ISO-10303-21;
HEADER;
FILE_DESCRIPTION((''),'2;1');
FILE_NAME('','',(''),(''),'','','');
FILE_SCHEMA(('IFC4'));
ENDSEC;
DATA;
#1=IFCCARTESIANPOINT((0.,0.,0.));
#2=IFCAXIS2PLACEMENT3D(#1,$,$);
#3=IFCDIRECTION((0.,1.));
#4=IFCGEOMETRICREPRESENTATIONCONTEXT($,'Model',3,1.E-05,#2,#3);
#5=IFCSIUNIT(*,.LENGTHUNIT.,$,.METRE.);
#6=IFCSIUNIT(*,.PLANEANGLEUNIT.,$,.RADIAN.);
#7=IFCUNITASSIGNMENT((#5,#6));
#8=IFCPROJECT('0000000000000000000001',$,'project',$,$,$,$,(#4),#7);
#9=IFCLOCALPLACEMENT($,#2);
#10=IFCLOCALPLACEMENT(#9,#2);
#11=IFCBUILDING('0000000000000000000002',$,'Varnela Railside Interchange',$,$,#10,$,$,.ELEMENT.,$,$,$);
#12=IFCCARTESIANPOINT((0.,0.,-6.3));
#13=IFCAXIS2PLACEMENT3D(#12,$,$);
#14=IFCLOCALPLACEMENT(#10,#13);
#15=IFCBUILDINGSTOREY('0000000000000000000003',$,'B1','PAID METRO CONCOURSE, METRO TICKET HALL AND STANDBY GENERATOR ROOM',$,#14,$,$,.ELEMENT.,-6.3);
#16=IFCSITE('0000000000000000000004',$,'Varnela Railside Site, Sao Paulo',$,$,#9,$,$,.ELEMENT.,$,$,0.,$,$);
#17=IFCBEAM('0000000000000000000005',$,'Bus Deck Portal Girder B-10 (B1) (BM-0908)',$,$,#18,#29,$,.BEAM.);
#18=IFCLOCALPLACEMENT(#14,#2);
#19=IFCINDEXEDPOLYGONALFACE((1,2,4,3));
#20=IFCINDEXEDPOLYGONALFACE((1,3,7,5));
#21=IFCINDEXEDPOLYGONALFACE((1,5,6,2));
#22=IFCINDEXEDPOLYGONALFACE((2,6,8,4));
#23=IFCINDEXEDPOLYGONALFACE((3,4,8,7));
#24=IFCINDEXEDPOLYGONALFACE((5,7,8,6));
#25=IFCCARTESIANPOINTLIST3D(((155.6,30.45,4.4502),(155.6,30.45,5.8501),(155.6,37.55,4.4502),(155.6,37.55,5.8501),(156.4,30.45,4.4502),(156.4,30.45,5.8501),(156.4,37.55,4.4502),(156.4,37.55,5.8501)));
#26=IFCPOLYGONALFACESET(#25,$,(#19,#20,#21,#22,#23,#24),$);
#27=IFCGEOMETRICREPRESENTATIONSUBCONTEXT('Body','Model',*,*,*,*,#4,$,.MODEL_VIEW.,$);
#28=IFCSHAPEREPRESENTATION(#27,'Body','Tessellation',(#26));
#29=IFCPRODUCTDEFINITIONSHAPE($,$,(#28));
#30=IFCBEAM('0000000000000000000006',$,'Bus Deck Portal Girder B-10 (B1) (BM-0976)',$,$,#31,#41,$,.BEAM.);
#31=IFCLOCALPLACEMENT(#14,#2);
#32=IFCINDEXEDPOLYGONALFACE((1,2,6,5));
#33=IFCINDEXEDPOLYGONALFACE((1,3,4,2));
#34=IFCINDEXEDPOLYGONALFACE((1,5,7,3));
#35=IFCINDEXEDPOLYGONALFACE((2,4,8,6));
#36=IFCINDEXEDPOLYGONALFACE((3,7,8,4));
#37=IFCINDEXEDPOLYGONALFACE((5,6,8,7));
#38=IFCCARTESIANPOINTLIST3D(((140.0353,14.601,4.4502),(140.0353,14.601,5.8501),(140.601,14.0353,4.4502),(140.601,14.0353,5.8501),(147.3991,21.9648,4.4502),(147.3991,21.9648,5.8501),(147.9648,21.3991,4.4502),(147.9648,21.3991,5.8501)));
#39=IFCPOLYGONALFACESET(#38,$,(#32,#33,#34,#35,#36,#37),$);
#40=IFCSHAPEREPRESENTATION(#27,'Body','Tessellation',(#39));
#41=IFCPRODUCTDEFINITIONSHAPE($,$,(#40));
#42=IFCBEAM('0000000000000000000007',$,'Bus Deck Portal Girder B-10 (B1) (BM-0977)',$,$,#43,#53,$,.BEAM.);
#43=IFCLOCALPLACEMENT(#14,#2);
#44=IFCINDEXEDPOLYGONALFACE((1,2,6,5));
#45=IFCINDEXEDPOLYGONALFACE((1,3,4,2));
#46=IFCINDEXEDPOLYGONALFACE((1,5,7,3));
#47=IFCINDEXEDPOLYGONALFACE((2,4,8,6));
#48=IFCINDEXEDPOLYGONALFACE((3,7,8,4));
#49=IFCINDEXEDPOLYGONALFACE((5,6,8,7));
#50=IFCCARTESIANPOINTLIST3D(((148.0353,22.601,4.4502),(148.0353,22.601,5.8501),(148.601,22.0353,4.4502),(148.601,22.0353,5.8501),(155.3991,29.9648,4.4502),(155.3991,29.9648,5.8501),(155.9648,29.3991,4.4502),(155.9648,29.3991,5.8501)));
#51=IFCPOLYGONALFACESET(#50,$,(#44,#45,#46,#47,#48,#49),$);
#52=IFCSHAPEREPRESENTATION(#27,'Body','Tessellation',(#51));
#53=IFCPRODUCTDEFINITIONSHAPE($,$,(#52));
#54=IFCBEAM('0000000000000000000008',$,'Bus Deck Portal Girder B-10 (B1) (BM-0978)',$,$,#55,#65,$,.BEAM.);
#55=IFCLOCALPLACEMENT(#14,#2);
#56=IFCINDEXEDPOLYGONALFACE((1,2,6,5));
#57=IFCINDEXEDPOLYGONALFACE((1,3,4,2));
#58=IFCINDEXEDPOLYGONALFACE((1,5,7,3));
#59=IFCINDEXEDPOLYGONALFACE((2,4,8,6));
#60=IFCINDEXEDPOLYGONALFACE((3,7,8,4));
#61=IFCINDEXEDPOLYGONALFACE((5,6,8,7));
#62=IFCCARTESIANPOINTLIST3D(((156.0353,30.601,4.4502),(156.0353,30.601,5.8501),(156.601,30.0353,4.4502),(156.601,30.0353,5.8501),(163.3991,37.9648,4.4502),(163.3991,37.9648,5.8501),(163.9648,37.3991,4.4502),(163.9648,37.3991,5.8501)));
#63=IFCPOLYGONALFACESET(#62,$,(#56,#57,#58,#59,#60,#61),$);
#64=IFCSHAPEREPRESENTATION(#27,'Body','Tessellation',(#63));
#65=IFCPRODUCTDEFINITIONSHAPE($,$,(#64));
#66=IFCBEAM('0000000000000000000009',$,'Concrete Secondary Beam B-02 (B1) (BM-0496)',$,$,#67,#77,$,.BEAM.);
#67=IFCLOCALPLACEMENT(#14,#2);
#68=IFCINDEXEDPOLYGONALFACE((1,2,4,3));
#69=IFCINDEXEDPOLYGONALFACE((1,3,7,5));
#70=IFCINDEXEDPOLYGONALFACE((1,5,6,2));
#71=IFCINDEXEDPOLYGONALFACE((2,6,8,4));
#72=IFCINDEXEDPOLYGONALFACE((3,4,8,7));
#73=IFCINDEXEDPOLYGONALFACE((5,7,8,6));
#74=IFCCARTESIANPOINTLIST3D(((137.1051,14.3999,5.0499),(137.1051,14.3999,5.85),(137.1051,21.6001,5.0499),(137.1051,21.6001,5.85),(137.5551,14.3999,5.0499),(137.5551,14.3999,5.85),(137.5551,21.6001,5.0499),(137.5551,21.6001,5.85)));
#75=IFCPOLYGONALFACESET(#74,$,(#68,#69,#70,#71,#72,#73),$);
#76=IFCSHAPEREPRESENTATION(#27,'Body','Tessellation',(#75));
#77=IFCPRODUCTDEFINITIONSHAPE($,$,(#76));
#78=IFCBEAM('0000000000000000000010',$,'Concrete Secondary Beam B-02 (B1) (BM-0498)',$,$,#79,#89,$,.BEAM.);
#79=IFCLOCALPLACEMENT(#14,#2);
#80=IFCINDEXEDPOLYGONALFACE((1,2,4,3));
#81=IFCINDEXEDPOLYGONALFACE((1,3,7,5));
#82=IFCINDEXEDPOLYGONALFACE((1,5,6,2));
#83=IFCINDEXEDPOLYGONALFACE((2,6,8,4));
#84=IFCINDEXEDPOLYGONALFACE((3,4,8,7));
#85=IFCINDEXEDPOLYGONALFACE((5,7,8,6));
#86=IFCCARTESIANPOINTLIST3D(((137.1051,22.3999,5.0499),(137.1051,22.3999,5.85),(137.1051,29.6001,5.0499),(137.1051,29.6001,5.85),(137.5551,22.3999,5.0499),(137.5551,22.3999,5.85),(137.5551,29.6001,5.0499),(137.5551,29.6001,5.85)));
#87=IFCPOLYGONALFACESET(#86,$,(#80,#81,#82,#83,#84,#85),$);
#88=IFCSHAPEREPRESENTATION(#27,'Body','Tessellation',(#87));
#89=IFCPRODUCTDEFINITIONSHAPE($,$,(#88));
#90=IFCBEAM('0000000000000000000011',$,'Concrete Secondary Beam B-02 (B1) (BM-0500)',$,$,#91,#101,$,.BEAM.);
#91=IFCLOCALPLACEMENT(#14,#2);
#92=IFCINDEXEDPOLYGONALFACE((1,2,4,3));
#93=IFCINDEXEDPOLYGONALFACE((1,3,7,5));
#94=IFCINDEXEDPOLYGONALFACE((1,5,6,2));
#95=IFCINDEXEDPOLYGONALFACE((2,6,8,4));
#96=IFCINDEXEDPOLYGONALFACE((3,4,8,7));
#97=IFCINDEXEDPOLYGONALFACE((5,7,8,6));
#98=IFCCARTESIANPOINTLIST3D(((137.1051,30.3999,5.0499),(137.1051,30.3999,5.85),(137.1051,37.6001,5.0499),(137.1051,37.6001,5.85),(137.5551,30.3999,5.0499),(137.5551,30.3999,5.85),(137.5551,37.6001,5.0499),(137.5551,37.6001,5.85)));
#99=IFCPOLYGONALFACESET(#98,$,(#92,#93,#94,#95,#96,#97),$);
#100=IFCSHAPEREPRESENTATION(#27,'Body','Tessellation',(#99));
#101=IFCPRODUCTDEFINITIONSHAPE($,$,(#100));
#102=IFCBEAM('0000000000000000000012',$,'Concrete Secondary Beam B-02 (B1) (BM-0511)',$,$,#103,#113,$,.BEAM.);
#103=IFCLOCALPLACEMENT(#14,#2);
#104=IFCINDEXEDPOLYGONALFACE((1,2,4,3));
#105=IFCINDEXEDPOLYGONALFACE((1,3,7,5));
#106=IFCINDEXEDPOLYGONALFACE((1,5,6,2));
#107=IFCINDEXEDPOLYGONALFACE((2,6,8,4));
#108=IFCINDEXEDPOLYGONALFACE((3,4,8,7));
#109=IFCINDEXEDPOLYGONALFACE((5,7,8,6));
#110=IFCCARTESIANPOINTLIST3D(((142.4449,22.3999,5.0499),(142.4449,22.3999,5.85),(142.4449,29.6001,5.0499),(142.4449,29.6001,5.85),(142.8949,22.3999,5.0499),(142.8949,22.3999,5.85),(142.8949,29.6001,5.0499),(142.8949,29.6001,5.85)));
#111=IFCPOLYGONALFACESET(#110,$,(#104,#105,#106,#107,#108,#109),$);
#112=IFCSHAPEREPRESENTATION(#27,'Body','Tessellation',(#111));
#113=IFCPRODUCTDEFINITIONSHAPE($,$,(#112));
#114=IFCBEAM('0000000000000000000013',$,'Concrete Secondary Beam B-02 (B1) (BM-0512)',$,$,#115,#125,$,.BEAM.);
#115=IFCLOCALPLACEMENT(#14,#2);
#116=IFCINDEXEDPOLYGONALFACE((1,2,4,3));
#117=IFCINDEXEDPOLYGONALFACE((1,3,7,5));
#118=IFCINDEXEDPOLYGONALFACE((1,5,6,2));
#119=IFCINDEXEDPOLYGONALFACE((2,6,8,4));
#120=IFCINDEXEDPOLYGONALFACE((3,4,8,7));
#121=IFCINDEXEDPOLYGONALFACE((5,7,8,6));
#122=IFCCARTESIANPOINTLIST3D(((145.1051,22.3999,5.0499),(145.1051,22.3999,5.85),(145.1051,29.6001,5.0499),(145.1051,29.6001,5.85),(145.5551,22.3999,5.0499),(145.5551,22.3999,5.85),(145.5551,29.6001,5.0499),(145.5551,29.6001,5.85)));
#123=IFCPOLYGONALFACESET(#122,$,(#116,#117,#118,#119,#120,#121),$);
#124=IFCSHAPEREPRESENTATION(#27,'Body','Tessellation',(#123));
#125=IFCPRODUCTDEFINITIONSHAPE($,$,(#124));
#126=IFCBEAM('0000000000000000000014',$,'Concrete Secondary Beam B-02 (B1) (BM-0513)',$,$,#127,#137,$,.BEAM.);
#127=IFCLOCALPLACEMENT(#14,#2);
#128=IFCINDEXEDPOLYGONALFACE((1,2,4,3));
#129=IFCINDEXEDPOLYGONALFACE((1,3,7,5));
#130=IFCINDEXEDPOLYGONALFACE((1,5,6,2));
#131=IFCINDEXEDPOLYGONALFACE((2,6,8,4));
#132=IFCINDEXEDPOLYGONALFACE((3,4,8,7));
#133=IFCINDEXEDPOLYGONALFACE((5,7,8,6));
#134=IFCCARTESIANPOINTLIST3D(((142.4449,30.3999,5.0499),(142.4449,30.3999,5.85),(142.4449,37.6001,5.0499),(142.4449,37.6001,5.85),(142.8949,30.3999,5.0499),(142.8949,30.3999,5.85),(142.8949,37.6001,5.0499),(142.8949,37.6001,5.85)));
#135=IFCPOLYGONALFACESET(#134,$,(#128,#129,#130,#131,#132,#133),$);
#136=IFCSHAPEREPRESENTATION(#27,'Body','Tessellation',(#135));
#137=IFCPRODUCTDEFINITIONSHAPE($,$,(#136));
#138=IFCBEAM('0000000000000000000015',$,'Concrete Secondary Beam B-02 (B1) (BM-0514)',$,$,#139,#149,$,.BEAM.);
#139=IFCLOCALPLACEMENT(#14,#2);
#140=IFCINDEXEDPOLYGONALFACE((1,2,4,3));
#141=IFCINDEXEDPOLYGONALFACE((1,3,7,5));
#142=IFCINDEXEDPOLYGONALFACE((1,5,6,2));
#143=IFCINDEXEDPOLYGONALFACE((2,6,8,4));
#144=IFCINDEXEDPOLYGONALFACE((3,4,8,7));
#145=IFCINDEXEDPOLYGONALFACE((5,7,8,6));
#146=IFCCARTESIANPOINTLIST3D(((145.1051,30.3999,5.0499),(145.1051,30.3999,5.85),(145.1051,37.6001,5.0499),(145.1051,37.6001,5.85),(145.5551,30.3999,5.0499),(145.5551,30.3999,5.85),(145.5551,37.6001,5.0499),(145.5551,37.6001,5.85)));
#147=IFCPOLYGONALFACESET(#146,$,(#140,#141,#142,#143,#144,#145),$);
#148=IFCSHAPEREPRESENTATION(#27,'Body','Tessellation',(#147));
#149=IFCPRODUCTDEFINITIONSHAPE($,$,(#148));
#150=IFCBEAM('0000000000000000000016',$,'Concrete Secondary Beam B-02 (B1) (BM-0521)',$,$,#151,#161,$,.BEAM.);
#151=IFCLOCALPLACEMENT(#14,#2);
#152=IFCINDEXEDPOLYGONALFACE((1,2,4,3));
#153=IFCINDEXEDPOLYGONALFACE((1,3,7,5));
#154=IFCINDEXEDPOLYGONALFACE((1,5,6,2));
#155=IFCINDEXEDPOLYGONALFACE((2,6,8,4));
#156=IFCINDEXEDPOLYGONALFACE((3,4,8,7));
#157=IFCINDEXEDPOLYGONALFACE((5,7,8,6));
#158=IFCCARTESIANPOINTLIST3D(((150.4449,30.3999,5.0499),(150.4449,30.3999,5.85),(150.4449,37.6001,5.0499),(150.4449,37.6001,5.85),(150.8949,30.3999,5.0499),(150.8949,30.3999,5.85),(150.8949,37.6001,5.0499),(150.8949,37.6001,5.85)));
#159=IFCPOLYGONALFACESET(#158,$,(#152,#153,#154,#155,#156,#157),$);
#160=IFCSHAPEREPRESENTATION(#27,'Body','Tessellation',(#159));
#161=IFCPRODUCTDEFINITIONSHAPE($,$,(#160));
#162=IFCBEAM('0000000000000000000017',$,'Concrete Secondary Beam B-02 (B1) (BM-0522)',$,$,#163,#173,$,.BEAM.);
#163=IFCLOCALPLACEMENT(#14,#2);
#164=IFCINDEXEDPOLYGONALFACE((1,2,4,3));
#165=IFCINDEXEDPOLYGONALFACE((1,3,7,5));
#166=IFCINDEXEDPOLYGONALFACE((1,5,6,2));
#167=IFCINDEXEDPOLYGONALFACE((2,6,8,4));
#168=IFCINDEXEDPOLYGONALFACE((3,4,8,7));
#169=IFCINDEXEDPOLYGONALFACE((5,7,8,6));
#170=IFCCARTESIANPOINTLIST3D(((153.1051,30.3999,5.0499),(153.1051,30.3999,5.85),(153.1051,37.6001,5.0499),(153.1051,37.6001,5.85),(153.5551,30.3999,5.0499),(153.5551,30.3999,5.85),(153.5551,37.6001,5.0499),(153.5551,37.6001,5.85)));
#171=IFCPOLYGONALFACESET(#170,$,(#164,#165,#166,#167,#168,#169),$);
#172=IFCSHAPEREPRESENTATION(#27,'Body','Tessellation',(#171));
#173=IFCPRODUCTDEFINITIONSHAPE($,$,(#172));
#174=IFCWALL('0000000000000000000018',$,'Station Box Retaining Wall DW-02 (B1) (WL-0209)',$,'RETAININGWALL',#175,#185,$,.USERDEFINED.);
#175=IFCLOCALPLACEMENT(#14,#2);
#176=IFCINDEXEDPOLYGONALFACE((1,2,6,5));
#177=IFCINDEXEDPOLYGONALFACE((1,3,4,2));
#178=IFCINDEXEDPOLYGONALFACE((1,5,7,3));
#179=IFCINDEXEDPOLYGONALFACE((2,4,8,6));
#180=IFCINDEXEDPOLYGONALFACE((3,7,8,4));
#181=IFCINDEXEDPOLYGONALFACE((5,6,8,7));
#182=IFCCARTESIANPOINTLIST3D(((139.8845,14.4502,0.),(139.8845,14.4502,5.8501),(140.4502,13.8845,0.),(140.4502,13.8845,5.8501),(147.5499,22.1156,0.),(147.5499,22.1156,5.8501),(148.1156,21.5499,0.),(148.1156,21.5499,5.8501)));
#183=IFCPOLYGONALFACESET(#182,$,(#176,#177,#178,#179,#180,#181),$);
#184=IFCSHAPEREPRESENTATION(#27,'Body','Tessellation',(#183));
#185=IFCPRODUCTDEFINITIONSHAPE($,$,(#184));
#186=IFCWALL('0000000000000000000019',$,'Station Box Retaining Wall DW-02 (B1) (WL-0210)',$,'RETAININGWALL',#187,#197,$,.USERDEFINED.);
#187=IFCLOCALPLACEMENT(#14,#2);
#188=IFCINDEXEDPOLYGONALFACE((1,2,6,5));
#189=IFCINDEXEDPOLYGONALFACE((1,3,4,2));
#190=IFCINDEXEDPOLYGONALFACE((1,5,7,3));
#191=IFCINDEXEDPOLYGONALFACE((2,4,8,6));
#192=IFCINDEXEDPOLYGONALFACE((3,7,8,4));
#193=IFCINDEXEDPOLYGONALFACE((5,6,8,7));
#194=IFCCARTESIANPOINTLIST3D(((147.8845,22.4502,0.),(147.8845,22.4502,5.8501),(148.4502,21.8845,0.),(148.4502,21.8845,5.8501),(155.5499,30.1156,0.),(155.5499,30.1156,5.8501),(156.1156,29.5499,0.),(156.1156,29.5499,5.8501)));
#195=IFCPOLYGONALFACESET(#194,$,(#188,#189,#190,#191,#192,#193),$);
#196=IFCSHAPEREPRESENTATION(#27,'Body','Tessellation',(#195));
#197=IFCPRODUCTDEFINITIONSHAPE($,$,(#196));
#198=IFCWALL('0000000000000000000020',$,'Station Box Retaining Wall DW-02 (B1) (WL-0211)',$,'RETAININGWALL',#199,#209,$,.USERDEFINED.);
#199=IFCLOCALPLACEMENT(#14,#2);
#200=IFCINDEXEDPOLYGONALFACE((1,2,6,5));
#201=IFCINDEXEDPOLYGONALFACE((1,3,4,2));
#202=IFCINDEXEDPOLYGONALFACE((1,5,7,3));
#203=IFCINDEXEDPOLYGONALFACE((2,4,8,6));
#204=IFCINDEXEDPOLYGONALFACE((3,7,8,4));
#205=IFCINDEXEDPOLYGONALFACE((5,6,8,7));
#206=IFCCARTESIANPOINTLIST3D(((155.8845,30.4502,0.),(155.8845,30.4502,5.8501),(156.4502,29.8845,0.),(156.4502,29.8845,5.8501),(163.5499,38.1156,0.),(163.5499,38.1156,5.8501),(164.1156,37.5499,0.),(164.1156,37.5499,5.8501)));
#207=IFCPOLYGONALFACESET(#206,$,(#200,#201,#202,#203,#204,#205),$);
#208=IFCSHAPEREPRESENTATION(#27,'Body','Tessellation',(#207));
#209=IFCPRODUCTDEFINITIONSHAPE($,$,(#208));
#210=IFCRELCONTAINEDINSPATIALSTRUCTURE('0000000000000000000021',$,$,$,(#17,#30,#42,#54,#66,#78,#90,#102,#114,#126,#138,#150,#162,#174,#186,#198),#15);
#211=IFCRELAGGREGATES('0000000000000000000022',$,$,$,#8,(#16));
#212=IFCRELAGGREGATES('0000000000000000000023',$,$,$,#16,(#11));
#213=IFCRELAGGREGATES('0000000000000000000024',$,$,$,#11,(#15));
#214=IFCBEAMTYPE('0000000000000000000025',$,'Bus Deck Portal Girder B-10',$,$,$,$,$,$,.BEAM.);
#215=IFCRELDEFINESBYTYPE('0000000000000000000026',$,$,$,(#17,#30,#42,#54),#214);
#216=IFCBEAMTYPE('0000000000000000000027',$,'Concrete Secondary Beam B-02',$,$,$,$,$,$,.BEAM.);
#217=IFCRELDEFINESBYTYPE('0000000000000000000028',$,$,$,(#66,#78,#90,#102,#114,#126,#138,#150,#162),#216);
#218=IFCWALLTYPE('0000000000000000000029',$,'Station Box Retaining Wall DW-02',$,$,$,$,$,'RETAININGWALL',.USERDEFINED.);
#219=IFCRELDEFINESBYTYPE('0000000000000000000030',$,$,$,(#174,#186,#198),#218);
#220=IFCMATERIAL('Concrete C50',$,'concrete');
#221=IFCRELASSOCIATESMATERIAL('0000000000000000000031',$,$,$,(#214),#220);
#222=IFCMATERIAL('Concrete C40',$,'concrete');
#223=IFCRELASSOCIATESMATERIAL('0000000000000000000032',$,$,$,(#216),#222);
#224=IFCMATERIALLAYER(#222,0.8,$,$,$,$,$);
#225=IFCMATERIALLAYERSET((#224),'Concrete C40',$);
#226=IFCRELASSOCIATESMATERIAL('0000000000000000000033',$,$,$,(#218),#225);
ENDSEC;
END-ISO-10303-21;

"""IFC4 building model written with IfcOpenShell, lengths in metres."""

from ifc_helpers import new_model, si_unit, direction, frame, frame_2d, origin, origin_2d, place, context, subcontext, project, spatial, rectangle, extrude, material, layer, layer_set, material_profile, profile_set, type_object, element, save


model = new_model("IFC4")

# Units and contexts
model_context = context("Model", 3, precision=1e-05, world=origin(), true_north=direction((0.0, 1.0)))
body_context = subcontext(model_context, "Body", "Model", "MODEL_VIEW")
ifc_project = project(units=[si_unit("LENGTHUNIT", "METRE"), si_unit("PLANEANGLEUNIT", "RADIAN")], contexts=[model_context])

# Site, building, storey
site_placement = place(None, origin())
site = spatial("IfcSite", under=ifc_project, at=site_placement, Name="Varnela Railside Site, Sao Paulo", CompositionType="ELEMENT", RefElevation=0.0)
building_placement = place(site_placement, origin())
building = spatial("IfcBuilding", under=site, at=building_placement, Name="Varnela Railside Interchange", CompositionType="ELEMENT")
storey_placement = place(building_placement, frame((0.0, 0.0, -6.3)))
storey = spatial("IfcBuildingStorey", under=building, at=storey_placement, Name="B1", Description="PAID METRO CONCOURSE, METRO TICKET HALL AND STANDBY GENERATOR ROOM", CompositionType="ELEMENT", Elevation=-6.3)

# Shared definitions
ifc_material_1 = material(Name="Concrete C50", Category="concrete")

# Beams
ifc_material_profile_1 = material_profile(ifc_material_1, rectangle(XDim=0.8, YDim=1.3999, at=origin_2d()), Name="RC 800x1400")
ifc_profile_set_1 = profile_set([ifc_material_profile_1], Name="Concrete C50")
beam_type_1 = type_object("IfcBeamType", Name="Bus Deck Portal Girder B-10", PredefinedType="BEAM", material=ifc_profile_set_1)
for number, where, z_axis, x_axis, name in (
    (1, (156.0, 30.45, 5.1501), (0.0, 1.0, 0.0), (-1.0, 0.0, 0.0), "Bus Deck Portal Girder B-10 (B1) (BM-0908)"),
):
    element("IfcBeam", number, at=place(storey_placement, frame(where, z_axis=z_axis, x_axis=x_axis)), inside=storey, type_object=beam_type_1, Name=name, PredefinedType="BEAM", context=body_context, shape_type="SweptSolid", body=[
        extrude(rectangle(XDim=0.8, YDim=1.3999, at=origin_2d()), origin(), (0.0, 0.0, 1.0), 7.1001),
    ])
for number, where, z_axis, x_axis, name in (
    (2, (140.3181, 14.3181, 5.1501), (0.707107, 0.707107, 0.0), (-0.707107, 0.707107, 0.0), "Bus Deck Portal Girder B-10 (B1) (BM-0976)"),
    (3, (148.3181, 22.3181, 5.1501), (0.707107, 0.707107, 0.0), (-0.707107, 0.707107, 0.0), "Bus Deck Portal Girder B-10 (B1) (BM-0977)"),
    (4, (156.3181, 30.3181, 5.1501), (0.707107, 0.707107, 0.0), (-0.707107, 0.707107, 0.0), "Bus Deck Portal Girder B-10 (B1) (BM-0978)"),
):
    element("IfcBeam", number, at=place(storey_placement, frame(where, z_axis=z_axis, x_axis=x_axis)), inside=storey, type_object=beam_type_1, Name=name, PredefinedType="BEAM", context=body_context, shape_type="SweptSolid", body=[
        extrude(rectangle(XDim=0.8, YDim=1.3999, at=origin_2d()), origin(), (0.0, 0.0, 1.0), 10.4141),
    ])
ifc_material_2 = material(Name="Concrete C40", Category="concrete")
ifc_material_profile_2 = material_profile(ifc_material_2, rectangle(XDim=0.45, YDim=0.8, at=origin_2d()), Name="RC 450x800")
ifc_profile_set_2 = profile_set([ifc_material_profile_2], Name="Concrete C40")
beam_type_2 = type_object("IfcBeamType", Name="Concrete Secondary Beam B-02", PredefinedType="BEAM", material=ifc_profile_set_2)
for number, where, z_axis, x_axis, name in (
    (5, (137.3301, 14.3999, 5.45), (0.0, 1.0, 0.0), (-1.0, 0.0, 0.0), "Concrete Secondary Beam B-02 (B1) (BM-0496)"),
    (6, (137.3301, 22.3999, 5.45), (0.0, 1.0, 0.0), (-1.0, 0.0, 0.0), "Concrete Secondary Beam B-02 (B1) (BM-0498)"),
    (7, (137.3301, 30.3999, 5.45), (0.0, 1.0, 0.0), (-1.0, 0.0, 0.0), "Concrete Secondary Beam B-02 (B1) (BM-0500)"),
    (8, (142.6699, 22.3999, 5.45), (0.0, 1.0, 0.0), (-1.0, 0.0, 0.0), "Concrete Secondary Beam B-02 (B1) (BM-0511)"),
    (9, (145.3301, 22.3999, 5.45), (0.0, 1.0, 0.0), (-1.0, 0.0, 0.0), "Concrete Secondary Beam B-02 (B1) (BM-0512)"),
    (10, (142.6699, 30.3999, 5.45), (0.0, 1.0, 0.0), (-1.0, 0.0, 0.0), "Concrete Secondary Beam B-02 (B1) (BM-0513)"),
    (11, (145.3301, 30.3999, 5.45), (0.0, 1.0, 0.0), (-1.0, 0.0, 0.0), "Concrete Secondary Beam B-02 (B1) (BM-0514)"),
    (12, (150.6699, 30.3999, 5.45), (0.0, 1.0, 0.0), (-1.0, 0.0, 0.0), "Concrete Secondary Beam B-02 (B1) (BM-0521)"),
    (13, (153.3301, 30.3999, 5.45), (0.0, 1.0, 0.0), (-1.0, 0.0, 0.0), "Concrete Secondary Beam B-02 (B1) (BM-0522)"),
):
    element("IfcBeam", number, at=place(storey_placement, frame(where, z_axis=z_axis, x_axis=x_axis)), inside=storey, type_object=beam_type_2, Name=name, PredefinedType="BEAM", context=body_context, shape_type="SweptSolid", body=[
        extrude(rectangle(XDim=0.45, YDim=0.8, at=origin_2d()), origin(), (0.0, 0.0, 1.0), 7.2002),
    ])

# Walls
ifc_layer = layer(ifc_material_2, 0.8)
ifc_layer_set = layer_set([ifc_layer], Name="Concrete C40")
wall_type = type_object("IfcWallType", Name="Station Box Retaining Wall DW-02", ElementType="RETAININGWALL", PredefinedType="USERDEFINED", material=ifc_layer_set)
for number, where, z_axis, x_axis, name in (
    (14, (140.1672, 14.1672, 0.0), (0.0, 0.0, 1.0), (0.707107, 0.707107, 0.0), "Station Box Retaining Wall DW-02 (B1) (WL-0209)"),
    (15, (148.1672, 22.1672, 0.0), (0.0, 0.0, 1.0), (0.707107, 0.707107, 0.0), "Station Box Retaining Wall DW-02 (B1) (WL-0210)"),
    (16, (156.1672, 30.1672, 0.0), (0.0, 0.0, 1.0), (0.707107, 0.707107, 0.0), "Station Box Retaining Wall DW-02 (B1) (WL-0211)"),
):
    element("IfcWall", number, at=place(storey_placement, frame(where, z_axis=z_axis, x_axis=x_axis)), inside=storey, type_object=wall_type, Name=name, ObjectType="RETAININGWALL", PredefinedType="USERDEFINED", context=body_context, shape_type="SweptSolid", body=[
        extrude(rectangle(XDim=10.8406, YDim=0.8, at=frame_2d((5.4204, 0.0))), origin(), (0.0, 0.0, 1.0), 5.8501),
    ])

save(model, "model.ifc")
